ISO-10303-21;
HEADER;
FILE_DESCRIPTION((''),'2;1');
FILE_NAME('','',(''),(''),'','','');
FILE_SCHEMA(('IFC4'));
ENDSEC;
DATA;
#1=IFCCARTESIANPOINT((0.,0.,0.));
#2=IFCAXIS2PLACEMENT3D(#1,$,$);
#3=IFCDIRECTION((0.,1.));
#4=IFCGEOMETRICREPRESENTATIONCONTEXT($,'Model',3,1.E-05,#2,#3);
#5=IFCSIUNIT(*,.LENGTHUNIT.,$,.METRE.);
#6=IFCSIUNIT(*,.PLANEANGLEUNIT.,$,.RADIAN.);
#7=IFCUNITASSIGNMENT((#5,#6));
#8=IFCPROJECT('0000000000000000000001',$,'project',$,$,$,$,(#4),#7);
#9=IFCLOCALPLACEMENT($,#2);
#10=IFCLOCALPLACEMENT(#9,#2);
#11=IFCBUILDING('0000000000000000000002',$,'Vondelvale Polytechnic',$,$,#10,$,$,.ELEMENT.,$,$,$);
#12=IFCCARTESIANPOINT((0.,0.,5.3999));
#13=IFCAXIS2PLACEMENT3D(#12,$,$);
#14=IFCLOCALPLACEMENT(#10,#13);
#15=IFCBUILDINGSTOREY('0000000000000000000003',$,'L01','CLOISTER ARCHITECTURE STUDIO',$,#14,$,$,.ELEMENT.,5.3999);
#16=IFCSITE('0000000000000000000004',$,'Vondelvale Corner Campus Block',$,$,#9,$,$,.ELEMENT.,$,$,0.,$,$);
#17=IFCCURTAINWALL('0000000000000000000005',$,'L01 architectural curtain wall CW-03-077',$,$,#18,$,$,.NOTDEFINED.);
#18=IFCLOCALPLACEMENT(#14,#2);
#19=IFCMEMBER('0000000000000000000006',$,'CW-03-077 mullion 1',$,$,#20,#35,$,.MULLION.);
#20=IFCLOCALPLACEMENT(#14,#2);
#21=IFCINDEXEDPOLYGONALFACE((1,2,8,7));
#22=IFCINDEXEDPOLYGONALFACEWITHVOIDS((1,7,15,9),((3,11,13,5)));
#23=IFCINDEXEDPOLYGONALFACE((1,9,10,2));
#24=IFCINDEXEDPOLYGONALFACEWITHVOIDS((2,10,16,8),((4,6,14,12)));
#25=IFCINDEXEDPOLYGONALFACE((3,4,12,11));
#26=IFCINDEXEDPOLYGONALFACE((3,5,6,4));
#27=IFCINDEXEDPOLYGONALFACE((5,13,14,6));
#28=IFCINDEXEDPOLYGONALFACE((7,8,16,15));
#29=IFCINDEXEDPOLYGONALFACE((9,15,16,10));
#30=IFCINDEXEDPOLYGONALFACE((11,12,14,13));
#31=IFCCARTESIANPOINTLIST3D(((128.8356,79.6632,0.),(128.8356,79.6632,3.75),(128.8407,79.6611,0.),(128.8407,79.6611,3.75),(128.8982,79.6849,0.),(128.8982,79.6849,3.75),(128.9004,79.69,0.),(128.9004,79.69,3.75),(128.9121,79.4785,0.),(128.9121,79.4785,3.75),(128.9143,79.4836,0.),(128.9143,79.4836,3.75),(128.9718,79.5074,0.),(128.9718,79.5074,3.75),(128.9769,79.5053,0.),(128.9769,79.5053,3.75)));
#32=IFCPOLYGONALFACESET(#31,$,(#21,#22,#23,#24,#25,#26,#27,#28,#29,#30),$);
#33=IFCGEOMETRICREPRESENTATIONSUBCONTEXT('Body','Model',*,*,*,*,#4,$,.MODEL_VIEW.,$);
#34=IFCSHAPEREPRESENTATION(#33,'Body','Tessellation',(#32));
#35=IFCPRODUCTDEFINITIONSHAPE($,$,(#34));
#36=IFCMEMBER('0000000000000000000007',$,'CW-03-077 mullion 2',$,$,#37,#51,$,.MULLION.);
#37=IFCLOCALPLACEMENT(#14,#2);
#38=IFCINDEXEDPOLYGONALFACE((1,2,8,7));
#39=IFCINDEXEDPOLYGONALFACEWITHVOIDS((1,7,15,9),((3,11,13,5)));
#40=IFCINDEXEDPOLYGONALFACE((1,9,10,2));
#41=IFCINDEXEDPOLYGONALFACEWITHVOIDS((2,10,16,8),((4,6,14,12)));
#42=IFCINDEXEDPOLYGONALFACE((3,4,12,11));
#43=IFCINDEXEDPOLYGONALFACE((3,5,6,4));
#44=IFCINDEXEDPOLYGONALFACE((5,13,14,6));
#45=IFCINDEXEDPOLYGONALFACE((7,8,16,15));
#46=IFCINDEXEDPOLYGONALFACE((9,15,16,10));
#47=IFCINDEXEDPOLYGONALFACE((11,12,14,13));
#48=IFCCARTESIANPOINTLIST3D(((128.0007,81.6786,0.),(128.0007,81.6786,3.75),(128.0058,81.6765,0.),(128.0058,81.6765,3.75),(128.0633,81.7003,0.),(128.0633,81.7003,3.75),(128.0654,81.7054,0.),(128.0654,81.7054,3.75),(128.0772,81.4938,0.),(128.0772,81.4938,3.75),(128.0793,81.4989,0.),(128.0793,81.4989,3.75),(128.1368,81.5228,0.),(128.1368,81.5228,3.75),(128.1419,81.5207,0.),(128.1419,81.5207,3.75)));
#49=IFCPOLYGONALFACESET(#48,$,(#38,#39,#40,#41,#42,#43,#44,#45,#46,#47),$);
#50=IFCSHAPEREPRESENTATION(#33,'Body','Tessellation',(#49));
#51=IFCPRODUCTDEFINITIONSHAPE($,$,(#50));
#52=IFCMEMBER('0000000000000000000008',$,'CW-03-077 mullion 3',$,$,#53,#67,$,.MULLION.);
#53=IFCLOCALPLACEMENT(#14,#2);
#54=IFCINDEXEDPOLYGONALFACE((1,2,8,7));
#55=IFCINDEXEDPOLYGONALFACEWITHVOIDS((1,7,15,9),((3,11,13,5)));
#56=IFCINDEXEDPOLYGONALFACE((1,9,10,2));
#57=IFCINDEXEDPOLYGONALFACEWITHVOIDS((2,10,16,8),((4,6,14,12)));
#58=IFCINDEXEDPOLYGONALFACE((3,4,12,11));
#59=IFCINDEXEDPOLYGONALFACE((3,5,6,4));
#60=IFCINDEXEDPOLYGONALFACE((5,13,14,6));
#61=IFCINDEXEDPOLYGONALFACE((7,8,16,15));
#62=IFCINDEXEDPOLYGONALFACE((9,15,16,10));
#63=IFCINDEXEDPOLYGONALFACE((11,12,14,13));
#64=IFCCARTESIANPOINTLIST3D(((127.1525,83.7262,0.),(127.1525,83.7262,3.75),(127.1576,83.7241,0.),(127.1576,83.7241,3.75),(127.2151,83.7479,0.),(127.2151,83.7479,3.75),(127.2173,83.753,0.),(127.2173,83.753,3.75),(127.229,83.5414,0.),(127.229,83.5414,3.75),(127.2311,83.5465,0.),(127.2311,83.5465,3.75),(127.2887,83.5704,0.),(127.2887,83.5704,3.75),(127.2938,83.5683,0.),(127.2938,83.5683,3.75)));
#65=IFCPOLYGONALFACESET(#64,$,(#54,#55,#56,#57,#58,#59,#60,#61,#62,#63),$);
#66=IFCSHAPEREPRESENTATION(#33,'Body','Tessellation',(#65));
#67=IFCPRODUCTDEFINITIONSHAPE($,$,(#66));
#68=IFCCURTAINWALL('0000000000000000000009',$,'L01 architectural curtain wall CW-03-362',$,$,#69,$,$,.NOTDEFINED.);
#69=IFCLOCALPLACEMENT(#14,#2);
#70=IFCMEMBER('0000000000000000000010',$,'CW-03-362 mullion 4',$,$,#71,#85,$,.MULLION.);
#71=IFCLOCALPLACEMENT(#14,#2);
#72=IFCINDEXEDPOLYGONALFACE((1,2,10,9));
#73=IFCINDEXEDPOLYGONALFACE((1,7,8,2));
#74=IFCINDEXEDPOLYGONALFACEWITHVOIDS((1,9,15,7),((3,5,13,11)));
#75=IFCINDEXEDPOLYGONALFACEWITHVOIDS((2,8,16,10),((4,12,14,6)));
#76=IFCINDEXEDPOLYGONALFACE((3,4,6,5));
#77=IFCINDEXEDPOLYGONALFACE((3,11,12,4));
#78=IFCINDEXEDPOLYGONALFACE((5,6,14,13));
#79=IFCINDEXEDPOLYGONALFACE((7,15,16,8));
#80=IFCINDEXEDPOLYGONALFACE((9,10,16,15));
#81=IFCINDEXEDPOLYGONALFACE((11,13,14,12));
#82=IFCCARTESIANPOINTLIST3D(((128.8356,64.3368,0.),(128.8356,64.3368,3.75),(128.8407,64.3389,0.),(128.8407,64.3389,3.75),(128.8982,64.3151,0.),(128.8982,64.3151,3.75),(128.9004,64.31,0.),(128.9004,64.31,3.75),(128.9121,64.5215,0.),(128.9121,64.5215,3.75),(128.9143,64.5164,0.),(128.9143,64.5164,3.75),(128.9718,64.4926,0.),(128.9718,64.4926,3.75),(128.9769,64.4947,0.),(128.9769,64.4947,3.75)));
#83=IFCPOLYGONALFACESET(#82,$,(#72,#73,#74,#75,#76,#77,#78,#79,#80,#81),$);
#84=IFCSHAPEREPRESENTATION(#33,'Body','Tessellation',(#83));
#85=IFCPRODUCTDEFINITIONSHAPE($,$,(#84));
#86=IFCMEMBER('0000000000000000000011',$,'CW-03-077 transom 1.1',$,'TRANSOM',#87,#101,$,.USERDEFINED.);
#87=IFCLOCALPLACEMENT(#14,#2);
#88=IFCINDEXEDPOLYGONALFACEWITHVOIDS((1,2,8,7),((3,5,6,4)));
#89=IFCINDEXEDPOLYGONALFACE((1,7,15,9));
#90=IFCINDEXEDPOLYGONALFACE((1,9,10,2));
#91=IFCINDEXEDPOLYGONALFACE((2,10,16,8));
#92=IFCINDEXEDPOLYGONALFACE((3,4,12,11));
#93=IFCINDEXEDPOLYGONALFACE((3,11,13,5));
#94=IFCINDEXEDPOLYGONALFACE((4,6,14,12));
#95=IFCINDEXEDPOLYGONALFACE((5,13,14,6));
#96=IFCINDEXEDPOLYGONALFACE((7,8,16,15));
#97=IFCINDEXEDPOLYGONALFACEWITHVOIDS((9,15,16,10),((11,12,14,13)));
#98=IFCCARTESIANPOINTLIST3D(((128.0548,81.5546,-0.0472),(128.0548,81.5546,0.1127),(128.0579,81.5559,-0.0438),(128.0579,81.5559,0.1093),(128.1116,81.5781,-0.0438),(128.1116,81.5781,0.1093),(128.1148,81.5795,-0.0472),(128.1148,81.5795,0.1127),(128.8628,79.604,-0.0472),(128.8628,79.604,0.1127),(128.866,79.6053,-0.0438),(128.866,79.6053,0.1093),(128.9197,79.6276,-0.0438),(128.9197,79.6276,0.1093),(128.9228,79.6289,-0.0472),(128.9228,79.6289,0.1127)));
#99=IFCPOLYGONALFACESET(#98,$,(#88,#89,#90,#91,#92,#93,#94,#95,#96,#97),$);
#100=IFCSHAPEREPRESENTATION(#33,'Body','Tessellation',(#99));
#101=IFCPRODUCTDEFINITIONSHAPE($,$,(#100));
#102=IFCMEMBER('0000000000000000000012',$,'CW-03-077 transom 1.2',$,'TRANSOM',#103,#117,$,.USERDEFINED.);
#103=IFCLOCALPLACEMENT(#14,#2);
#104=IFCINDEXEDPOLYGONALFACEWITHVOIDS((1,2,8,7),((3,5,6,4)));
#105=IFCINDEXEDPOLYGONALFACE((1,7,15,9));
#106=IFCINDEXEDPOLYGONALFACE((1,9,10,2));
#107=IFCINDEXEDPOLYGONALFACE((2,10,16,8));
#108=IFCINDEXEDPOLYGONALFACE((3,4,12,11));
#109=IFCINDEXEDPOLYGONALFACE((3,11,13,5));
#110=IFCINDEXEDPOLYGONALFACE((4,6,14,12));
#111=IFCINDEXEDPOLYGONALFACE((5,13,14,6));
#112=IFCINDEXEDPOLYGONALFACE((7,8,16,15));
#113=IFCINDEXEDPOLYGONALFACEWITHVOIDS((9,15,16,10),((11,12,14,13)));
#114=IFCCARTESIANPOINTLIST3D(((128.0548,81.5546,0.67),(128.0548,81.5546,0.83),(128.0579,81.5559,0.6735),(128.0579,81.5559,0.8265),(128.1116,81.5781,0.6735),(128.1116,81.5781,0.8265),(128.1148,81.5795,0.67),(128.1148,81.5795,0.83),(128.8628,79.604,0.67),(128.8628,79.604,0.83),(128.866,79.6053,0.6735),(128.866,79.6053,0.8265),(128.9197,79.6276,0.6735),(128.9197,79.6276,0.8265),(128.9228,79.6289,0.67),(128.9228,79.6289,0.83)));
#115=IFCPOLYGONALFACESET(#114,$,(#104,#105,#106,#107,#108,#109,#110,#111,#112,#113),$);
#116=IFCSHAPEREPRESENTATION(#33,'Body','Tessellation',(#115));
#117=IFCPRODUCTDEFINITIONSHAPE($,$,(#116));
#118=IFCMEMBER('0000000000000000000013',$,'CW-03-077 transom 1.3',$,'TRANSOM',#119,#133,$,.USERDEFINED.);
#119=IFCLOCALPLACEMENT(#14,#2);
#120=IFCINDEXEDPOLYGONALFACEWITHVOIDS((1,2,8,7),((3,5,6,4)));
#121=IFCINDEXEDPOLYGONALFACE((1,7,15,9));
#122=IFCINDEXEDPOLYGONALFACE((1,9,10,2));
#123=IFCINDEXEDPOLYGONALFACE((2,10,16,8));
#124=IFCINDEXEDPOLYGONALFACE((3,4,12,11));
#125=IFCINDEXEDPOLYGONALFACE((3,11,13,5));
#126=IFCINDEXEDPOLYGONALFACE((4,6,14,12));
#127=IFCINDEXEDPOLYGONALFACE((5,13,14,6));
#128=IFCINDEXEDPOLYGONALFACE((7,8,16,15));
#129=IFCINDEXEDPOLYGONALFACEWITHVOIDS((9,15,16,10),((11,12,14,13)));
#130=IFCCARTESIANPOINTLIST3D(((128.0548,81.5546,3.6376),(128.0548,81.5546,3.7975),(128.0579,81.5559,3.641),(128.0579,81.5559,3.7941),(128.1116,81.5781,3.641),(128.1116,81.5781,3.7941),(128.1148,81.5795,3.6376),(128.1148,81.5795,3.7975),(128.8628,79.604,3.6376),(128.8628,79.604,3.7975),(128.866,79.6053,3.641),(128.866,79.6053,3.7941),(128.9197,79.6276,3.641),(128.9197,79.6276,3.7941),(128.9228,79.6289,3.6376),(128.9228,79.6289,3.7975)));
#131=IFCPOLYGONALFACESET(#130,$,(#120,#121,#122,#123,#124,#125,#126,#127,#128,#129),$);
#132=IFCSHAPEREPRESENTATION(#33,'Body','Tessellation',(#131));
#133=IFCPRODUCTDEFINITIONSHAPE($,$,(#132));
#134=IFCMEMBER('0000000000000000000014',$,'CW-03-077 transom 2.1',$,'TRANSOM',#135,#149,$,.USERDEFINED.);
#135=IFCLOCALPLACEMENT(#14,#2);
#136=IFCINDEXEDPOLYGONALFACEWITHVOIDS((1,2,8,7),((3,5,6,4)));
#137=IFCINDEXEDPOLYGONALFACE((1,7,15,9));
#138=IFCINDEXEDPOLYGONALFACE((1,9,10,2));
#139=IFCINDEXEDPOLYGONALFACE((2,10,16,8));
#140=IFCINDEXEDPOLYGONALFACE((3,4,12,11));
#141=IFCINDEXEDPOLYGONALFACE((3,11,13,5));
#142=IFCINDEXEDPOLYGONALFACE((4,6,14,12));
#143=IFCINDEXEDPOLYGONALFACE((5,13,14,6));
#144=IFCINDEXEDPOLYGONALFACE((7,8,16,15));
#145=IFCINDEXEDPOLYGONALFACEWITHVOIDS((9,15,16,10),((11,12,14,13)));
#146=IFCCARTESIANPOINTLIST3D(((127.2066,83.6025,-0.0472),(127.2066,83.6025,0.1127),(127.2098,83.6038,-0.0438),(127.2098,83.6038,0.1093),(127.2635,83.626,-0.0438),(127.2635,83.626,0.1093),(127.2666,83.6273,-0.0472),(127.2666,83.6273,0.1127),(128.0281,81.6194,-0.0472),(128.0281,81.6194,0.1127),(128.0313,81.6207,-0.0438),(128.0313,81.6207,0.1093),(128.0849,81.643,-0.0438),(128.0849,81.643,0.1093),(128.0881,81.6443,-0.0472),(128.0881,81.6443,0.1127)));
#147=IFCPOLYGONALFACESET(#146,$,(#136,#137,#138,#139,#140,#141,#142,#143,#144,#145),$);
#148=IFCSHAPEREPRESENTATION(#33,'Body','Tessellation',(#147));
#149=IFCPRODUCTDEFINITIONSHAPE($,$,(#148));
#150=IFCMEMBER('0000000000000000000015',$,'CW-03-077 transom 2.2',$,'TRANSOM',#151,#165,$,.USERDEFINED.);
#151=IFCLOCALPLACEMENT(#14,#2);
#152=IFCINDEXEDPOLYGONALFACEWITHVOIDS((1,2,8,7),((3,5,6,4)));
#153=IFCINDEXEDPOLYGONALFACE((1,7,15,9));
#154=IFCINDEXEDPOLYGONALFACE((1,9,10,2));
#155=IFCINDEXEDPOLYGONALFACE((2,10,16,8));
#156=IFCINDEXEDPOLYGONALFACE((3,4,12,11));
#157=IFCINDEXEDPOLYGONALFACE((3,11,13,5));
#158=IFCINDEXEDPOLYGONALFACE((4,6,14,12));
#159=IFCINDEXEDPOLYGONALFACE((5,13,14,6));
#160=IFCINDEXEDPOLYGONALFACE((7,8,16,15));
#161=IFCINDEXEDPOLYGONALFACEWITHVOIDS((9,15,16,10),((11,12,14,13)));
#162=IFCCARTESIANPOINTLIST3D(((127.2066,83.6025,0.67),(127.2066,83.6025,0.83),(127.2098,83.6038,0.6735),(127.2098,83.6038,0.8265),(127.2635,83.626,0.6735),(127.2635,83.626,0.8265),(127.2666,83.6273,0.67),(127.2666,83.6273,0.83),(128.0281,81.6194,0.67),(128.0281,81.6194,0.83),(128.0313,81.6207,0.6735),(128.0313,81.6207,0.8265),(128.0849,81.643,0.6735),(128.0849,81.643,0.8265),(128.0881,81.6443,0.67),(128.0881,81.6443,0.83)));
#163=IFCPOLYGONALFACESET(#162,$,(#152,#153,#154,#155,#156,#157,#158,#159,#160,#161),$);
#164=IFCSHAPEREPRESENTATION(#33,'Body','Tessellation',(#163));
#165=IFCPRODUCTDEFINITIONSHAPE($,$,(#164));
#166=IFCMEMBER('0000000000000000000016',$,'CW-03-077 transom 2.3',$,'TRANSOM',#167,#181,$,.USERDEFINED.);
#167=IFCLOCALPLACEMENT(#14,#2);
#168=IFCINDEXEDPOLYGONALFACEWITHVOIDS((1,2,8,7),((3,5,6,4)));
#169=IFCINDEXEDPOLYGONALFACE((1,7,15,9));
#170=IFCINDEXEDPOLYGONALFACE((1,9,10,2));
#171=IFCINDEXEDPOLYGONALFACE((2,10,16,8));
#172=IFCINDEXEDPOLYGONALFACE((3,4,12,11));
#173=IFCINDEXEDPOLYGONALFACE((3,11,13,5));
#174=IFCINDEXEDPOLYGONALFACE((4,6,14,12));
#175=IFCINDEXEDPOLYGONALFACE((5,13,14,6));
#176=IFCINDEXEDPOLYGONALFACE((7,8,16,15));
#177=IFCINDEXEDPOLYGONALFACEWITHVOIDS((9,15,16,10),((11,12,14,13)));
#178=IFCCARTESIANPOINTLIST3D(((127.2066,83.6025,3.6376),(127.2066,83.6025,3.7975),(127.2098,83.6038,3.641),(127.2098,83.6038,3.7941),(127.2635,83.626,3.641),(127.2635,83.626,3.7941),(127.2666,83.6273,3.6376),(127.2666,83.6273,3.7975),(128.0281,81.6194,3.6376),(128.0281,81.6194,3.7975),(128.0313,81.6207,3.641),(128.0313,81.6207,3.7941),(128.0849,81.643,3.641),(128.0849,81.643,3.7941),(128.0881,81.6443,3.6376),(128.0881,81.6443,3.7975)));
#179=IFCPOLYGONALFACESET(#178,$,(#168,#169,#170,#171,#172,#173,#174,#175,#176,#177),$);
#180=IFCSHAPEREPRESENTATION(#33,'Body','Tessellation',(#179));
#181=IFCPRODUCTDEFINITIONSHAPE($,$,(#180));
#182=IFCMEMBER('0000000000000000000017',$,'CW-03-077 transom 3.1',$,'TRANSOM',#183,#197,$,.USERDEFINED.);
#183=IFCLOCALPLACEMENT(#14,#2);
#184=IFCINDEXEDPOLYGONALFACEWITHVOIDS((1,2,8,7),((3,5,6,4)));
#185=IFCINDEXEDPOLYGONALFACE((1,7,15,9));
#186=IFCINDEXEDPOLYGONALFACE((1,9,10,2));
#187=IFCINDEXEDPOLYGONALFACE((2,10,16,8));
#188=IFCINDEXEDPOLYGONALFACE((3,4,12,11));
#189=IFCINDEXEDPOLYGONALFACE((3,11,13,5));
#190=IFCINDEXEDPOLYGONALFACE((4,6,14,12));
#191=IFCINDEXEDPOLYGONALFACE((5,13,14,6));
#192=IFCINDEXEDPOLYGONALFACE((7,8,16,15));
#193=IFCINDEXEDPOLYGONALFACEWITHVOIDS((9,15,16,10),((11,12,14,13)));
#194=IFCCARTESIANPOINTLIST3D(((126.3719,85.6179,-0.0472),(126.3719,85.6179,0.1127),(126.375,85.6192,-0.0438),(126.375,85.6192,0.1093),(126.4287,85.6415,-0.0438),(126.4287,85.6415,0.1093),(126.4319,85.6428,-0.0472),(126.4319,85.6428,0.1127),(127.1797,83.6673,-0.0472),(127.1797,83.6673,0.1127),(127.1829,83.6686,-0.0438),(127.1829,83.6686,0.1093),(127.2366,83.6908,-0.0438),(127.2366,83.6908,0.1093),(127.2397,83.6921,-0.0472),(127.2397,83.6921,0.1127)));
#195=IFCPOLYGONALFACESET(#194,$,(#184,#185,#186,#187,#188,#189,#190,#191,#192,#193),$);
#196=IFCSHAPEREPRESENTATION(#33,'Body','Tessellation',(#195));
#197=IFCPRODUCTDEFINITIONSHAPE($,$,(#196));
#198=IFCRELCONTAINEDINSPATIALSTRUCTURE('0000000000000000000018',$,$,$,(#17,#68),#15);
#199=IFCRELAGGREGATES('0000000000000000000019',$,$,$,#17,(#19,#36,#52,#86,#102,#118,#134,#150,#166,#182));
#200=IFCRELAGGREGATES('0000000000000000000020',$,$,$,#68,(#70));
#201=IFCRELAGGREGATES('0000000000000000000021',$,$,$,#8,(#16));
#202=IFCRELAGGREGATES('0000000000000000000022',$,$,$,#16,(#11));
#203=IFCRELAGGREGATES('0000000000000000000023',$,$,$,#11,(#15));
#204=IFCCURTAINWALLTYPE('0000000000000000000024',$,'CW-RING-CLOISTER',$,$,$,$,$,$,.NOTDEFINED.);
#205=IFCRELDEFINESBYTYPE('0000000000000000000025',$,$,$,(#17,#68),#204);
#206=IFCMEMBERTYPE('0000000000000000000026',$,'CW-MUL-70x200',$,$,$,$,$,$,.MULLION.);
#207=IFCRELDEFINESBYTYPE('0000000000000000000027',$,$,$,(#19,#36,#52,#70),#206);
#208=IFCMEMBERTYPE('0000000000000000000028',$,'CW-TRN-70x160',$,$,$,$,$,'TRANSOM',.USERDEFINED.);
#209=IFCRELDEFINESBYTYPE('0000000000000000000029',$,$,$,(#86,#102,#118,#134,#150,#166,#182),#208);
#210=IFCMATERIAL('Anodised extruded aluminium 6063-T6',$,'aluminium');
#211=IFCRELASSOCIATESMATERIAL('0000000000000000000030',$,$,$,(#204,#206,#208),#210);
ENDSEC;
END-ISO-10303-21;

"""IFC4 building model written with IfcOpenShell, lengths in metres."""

from ifc_helpers import new_model, si_unit, direction, frame, origin, origin_2d, place, context, subcontext, project, spatial, hollow_rectangle, extrude, material, material_profile, profile_set, type_object, element, aggregate, save


model = new_model("IFC4")

# Units and contexts
model_context = context("Model", 3, precision=1e-05, world=origin(), true_north=direction((0.0, 1.0)))
body_context = subcontext(model_context, "Body", "Model", "MODEL_VIEW")
ifc_project = project(units=[si_unit("LENGTHUNIT", "METRE"), si_unit("PLANEANGLEUNIT", "RADIAN")], contexts=[model_context])

# Site, building, storey
site_placement = place(None, origin())
site = spatial("IfcSite", under=ifc_project, at=site_placement, Name="Vondelvale Corner Campus Block", CompositionType="ELEMENT", RefElevation=0.0)
building_placement = place(site_placement, origin())
building = spatial("IfcBuilding", under=site, at=building_placement, Name="Vondelvale Polytechnic", CompositionType="ELEMENT")
storey_placement = place(building_placement, frame((0.0, 0.0, 5.3999)))
storey = spatial("IfcBuildingStorey", under=building, at=storey_placement, Name="L01", Description="CLOISTER ARCHITECTURE STUDIO", CompositionType="ELEMENT", Elevation=5.3999)

# Curtain wall, members
ifc_material_1 = material(Name="Anodised extruded aluminium 6063-T6", Category="aluminium")
curtain_wall_type = type_object("IfcCurtainWallType", Name="CW-RING-CLOISTER", PredefinedType="NOTDEFINED", material=ifc_material_1)
curtain_wall_1_placement = place(storey_placement, origin())
curtain_wall_1 = element("IfcCurtainWall", 1, at=curtain_wall_1_placement, inside=storey, type_object=curtain_wall_type, Name="L01 architectural curtain wall CW-03-077", PredefinedType="NOTDEFINED")
ifc_material_profile_1 = material_profile(ifc_material_1, hollow_rectangle(XDim=0.0701, YDim=0.2, WallThickness=0.0039, at=origin_2d()), Name="CW-MUL-200x70")
ifc_profile_set_1 = profile_set([ifc_material_profile_1], Name="Anodised extruded aluminium 6063-T6")
member_type_1 = type_object("IfcMemberType", Name="CW-MUL-70x200", PredefinedType="MULLION", material=ifc_profile_set_1)
member_1_placement = place(storey_placement, frame((128.9062, 79.5842, 0.0), z_axis=(0.0, 0.0, 1.0), x_axis=(-0.923882, -0.382679, 0.0)))
member_1 = element("IfcMember", 2, at=member_1_placement, type_object=member_type_1, Name="CW-03-077 mullion 1", PredefinedType="MULLION", context=body_context, shape_type="SweptSolid", body=[
    extrude(hollow_rectangle(XDim=0.0701, YDim=0.2, WallThickness=0.0039, at=origin_2d()), origin(), (0.0, 0.0, 1.0), 3.75),
])
member_2_placement = place(storey_placement, frame((128.0713, 81.5996, 0.0), z_axis=(0.0, 0.0, 1.0), x_axis=(-0.923882, -0.382679, 0.0)))
member_2 = element("IfcMember", 3, at=member_2_placement, type_object=member_type_1, Name="CW-03-077 mullion 2", PredefinedType="MULLION", context=body_context, shape_type="SweptSolid", body=[
    extrude(hollow_rectangle(XDim=0.0701, YDim=0.2, WallThickness=0.0039, at=origin_2d()), origin(), (0.0, 0.0, 1.0), 3.75),
])
member_3_placement = place(storey_placement, frame((127.2231, 83.6472, 0.0), z_axis=(0.0, 0.0, 1.0), x_axis=(-0.923882, -0.382679, 0.0)))
member_3 = element("IfcMember", 4, at=member_3_placement, type_object=member_type_1, Name="CW-03-077 mullion 3", PredefinedType="MULLION", context=body_context, shape_type="SweptSolid", body=[
    extrude(hollow_rectangle(XDim=0.0701, YDim=0.2, WallThickness=0.0039, at=origin_2d()), origin(), (0.0, 0.0, 1.0), 3.75),
])

# Curtain wall, member
curtain_wall_2_placement = place(storey_placement, origin())
curtain_wall_2 = element("IfcCurtainWall", 5, at=curtain_wall_2_placement, inside=storey, type_object=curtain_wall_type, Name="L01 architectural curtain wall CW-03-362", PredefinedType="NOTDEFINED")
member_4_placement = place(storey_placement, frame((128.9062, 64.4158, 0.0), z_axis=(0.0, 0.0, 1.0), x_axis=(-0.923882, 0.382679, 0.0)))
member_4 = element("IfcMember", 6, at=member_4_placement, type_object=member_type_1, Name="CW-03-362 mullion 4", PredefinedType="MULLION", context=body_context, shape_type="SweptSolid", body=[
    extrude(hollow_rectangle(XDim=0.0701, YDim=0.2, WallThickness=0.0039, at=origin_2d()), origin(), (0.0, 0.0, 1.0), 3.75),
])

# Members
ifc_material_profile_2 = material_profile(ifc_material_1, hollow_rectangle(XDim=0.0649, YDim=0.1599, WallThickness=0.0034, at=origin_2d()), Name="CW-TRN-160x65")
ifc_profile_set_2 = profile_set([ifc_material_profile_2], Name="Anodised extruded aluminium 6063-T6")
member_type_2 = type_object("IfcMemberType", Name="CW-TRN-70x160", ElementType="TRANSOM", PredefinedType="USERDEFINED", material=ifc_profile_set_2)
member_5_placement = place(storey_placement, frame((128.8928, 79.6165, 0.0327), z_axis=(-0.382726, 0.923862, 0.0), x_axis=(-0.923862, -0.382726, 0.0)))
member_5 = element("IfcMember", 7, at=member_5_placement, type_object=member_type_2, Name="CW-03-077 transom 1.1", ObjectType="TRANSOM", PredefinedType="USERDEFINED", context=body_context, shape_type="SweptSolid", body=[
    extrude(hollow_rectangle(XDim=0.0649, YDim=0.1599, WallThickness=0.0034, at=origin_2d()), origin(), (0.0, 0.0, 1.0), 2.1113),
])
member_6_placement = place(storey_placement, frame((128.8928, 79.6165, 0.75), z_axis=(-0.382726, 0.923862, 0.0), x_axis=(-0.923862, -0.382726, 0.0)))
member_6 = element("IfcMember", 8, at=member_6_placement, type_object=member_type_2, Name="CW-03-077 transom 1.2", ObjectType="TRANSOM", PredefinedType="USERDEFINED", context=body_context, shape_type="SweptSolid", body=[
    extrude(hollow_rectangle(XDim=0.0649, YDim=0.1599, WallThickness=0.0034, at=origin_2d()), origin(), (0.0, 0.0, 1.0), 2.1113),
])
member_7_placement = place(storey_placement, frame((128.8928, 79.6165, 3.7175), z_axis=(-0.382726, 0.923862, 0.0), x_axis=(-0.923862, -0.382726, 0.0)))
member_7 = element("IfcMember", 9, at=member_7_placement, type_object=member_type_2, Name="CW-03-077 transom 1.3", ObjectType="TRANSOM", PredefinedType="USERDEFINED", context=body_context, shape_type="SweptSolid", body=[
    extrude(hollow_rectangle(XDim=0.0649, YDim=0.1599, WallThickness=0.0034, at=origin_2d()), origin(), (0.0, 0.0, 1.0), 2.1113),
])
member_8_placement = place(storey_placement, frame((128.0581, 81.6318, 0.0327), z_axis=(-0.382717, 0.923866, 0.0), x_axis=(-0.923866, -0.382717, 0.0)))
member_8 = element("IfcMember", 10, at=member_8_placement, type_object=member_type_2, Name="CW-03-077 transom 2.1", ObjectType="TRANSOM", PredefinedType="USERDEFINED", context=body_context, shape_type="SweptSolid", body=[
    extrude(hollow_rectangle(XDim=0.0649, YDim=0.1599, WallThickness=0.0034, at=origin_2d()), origin(), (0.0, 0.0, 1.0), 2.1465),
])
member_9_placement = place(storey_placement, frame((128.0581, 81.6318, 0.75), z_axis=(-0.382717, 0.923866, 0.0), x_axis=(-0.923866, -0.382717, 0.0)))
member_9 = element("IfcMember", 11, at=member_9_placement, type_object=member_type_2, Name="CW-03-077 transom 2.2", ObjectType="TRANSOM", PredefinedType="USERDEFINED", context=body_context, shape_type="SweptSolid", body=[
    extrude(hollow_rectangle(XDim=0.0649, YDim=0.1599, WallThickness=0.0034, at=origin_2d()), origin(), (0.0, 0.0, 1.0), 2.1465),
])
member_10_placement = place(storey_placement, frame((128.0581, 81.6318, 3.7175), z_axis=(-0.382717, 0.923866, 0.0), x_axis=(-0.923866, -0.382717, 0.0)))
member_10 = element("IfcMember", 12, at=member_10_placement, type_object=member_type_2, Name="CW-03-077 transom 2.3", ObjectType="TRANSOM", PredefinedType="USERDEFINED", context=body_context, shape_type="SweptSolid", body=[
    extrude(hollow_rectangle(XDim=0.0649, YDim=0.1599, WallThickness=0.0034, at=origin_2d()), origin(), (0.0, 0.0, 1.0), 2.1465),
])
member_11_placement = place(storey_placement, frame((127.2097, 83.6797, 0.0327), z_axis=(-0.382628, 0.923903, 0.0), x_axis=(-0.923903, -0.382628, 0.0)))
member_11 = element("IfcMember", 13, at=member_11_placement, type_object=member_type_2, Name="CW-03-077 transom 3.1", ObjectType="TRANSOM", PredefinedType="USERDEFINED", context=body_context, shape_type="SweptSolid", body=[
    extrude(hollow_rectangle(XDim=0.0649, YDim=0.1599, WallThickness=0.0034, at=origin_2d()), origin(), (0.0, 0.0, 1.0), 2.1113),
])

aggregate(curtain_wall_1, [member_1, member_2, member_3, member_5, member_6, member_7, member_8, member_9, member_10, member_11])
aggregate(curtain_wall_2, [member_4])

save(model, "model.ifc")
